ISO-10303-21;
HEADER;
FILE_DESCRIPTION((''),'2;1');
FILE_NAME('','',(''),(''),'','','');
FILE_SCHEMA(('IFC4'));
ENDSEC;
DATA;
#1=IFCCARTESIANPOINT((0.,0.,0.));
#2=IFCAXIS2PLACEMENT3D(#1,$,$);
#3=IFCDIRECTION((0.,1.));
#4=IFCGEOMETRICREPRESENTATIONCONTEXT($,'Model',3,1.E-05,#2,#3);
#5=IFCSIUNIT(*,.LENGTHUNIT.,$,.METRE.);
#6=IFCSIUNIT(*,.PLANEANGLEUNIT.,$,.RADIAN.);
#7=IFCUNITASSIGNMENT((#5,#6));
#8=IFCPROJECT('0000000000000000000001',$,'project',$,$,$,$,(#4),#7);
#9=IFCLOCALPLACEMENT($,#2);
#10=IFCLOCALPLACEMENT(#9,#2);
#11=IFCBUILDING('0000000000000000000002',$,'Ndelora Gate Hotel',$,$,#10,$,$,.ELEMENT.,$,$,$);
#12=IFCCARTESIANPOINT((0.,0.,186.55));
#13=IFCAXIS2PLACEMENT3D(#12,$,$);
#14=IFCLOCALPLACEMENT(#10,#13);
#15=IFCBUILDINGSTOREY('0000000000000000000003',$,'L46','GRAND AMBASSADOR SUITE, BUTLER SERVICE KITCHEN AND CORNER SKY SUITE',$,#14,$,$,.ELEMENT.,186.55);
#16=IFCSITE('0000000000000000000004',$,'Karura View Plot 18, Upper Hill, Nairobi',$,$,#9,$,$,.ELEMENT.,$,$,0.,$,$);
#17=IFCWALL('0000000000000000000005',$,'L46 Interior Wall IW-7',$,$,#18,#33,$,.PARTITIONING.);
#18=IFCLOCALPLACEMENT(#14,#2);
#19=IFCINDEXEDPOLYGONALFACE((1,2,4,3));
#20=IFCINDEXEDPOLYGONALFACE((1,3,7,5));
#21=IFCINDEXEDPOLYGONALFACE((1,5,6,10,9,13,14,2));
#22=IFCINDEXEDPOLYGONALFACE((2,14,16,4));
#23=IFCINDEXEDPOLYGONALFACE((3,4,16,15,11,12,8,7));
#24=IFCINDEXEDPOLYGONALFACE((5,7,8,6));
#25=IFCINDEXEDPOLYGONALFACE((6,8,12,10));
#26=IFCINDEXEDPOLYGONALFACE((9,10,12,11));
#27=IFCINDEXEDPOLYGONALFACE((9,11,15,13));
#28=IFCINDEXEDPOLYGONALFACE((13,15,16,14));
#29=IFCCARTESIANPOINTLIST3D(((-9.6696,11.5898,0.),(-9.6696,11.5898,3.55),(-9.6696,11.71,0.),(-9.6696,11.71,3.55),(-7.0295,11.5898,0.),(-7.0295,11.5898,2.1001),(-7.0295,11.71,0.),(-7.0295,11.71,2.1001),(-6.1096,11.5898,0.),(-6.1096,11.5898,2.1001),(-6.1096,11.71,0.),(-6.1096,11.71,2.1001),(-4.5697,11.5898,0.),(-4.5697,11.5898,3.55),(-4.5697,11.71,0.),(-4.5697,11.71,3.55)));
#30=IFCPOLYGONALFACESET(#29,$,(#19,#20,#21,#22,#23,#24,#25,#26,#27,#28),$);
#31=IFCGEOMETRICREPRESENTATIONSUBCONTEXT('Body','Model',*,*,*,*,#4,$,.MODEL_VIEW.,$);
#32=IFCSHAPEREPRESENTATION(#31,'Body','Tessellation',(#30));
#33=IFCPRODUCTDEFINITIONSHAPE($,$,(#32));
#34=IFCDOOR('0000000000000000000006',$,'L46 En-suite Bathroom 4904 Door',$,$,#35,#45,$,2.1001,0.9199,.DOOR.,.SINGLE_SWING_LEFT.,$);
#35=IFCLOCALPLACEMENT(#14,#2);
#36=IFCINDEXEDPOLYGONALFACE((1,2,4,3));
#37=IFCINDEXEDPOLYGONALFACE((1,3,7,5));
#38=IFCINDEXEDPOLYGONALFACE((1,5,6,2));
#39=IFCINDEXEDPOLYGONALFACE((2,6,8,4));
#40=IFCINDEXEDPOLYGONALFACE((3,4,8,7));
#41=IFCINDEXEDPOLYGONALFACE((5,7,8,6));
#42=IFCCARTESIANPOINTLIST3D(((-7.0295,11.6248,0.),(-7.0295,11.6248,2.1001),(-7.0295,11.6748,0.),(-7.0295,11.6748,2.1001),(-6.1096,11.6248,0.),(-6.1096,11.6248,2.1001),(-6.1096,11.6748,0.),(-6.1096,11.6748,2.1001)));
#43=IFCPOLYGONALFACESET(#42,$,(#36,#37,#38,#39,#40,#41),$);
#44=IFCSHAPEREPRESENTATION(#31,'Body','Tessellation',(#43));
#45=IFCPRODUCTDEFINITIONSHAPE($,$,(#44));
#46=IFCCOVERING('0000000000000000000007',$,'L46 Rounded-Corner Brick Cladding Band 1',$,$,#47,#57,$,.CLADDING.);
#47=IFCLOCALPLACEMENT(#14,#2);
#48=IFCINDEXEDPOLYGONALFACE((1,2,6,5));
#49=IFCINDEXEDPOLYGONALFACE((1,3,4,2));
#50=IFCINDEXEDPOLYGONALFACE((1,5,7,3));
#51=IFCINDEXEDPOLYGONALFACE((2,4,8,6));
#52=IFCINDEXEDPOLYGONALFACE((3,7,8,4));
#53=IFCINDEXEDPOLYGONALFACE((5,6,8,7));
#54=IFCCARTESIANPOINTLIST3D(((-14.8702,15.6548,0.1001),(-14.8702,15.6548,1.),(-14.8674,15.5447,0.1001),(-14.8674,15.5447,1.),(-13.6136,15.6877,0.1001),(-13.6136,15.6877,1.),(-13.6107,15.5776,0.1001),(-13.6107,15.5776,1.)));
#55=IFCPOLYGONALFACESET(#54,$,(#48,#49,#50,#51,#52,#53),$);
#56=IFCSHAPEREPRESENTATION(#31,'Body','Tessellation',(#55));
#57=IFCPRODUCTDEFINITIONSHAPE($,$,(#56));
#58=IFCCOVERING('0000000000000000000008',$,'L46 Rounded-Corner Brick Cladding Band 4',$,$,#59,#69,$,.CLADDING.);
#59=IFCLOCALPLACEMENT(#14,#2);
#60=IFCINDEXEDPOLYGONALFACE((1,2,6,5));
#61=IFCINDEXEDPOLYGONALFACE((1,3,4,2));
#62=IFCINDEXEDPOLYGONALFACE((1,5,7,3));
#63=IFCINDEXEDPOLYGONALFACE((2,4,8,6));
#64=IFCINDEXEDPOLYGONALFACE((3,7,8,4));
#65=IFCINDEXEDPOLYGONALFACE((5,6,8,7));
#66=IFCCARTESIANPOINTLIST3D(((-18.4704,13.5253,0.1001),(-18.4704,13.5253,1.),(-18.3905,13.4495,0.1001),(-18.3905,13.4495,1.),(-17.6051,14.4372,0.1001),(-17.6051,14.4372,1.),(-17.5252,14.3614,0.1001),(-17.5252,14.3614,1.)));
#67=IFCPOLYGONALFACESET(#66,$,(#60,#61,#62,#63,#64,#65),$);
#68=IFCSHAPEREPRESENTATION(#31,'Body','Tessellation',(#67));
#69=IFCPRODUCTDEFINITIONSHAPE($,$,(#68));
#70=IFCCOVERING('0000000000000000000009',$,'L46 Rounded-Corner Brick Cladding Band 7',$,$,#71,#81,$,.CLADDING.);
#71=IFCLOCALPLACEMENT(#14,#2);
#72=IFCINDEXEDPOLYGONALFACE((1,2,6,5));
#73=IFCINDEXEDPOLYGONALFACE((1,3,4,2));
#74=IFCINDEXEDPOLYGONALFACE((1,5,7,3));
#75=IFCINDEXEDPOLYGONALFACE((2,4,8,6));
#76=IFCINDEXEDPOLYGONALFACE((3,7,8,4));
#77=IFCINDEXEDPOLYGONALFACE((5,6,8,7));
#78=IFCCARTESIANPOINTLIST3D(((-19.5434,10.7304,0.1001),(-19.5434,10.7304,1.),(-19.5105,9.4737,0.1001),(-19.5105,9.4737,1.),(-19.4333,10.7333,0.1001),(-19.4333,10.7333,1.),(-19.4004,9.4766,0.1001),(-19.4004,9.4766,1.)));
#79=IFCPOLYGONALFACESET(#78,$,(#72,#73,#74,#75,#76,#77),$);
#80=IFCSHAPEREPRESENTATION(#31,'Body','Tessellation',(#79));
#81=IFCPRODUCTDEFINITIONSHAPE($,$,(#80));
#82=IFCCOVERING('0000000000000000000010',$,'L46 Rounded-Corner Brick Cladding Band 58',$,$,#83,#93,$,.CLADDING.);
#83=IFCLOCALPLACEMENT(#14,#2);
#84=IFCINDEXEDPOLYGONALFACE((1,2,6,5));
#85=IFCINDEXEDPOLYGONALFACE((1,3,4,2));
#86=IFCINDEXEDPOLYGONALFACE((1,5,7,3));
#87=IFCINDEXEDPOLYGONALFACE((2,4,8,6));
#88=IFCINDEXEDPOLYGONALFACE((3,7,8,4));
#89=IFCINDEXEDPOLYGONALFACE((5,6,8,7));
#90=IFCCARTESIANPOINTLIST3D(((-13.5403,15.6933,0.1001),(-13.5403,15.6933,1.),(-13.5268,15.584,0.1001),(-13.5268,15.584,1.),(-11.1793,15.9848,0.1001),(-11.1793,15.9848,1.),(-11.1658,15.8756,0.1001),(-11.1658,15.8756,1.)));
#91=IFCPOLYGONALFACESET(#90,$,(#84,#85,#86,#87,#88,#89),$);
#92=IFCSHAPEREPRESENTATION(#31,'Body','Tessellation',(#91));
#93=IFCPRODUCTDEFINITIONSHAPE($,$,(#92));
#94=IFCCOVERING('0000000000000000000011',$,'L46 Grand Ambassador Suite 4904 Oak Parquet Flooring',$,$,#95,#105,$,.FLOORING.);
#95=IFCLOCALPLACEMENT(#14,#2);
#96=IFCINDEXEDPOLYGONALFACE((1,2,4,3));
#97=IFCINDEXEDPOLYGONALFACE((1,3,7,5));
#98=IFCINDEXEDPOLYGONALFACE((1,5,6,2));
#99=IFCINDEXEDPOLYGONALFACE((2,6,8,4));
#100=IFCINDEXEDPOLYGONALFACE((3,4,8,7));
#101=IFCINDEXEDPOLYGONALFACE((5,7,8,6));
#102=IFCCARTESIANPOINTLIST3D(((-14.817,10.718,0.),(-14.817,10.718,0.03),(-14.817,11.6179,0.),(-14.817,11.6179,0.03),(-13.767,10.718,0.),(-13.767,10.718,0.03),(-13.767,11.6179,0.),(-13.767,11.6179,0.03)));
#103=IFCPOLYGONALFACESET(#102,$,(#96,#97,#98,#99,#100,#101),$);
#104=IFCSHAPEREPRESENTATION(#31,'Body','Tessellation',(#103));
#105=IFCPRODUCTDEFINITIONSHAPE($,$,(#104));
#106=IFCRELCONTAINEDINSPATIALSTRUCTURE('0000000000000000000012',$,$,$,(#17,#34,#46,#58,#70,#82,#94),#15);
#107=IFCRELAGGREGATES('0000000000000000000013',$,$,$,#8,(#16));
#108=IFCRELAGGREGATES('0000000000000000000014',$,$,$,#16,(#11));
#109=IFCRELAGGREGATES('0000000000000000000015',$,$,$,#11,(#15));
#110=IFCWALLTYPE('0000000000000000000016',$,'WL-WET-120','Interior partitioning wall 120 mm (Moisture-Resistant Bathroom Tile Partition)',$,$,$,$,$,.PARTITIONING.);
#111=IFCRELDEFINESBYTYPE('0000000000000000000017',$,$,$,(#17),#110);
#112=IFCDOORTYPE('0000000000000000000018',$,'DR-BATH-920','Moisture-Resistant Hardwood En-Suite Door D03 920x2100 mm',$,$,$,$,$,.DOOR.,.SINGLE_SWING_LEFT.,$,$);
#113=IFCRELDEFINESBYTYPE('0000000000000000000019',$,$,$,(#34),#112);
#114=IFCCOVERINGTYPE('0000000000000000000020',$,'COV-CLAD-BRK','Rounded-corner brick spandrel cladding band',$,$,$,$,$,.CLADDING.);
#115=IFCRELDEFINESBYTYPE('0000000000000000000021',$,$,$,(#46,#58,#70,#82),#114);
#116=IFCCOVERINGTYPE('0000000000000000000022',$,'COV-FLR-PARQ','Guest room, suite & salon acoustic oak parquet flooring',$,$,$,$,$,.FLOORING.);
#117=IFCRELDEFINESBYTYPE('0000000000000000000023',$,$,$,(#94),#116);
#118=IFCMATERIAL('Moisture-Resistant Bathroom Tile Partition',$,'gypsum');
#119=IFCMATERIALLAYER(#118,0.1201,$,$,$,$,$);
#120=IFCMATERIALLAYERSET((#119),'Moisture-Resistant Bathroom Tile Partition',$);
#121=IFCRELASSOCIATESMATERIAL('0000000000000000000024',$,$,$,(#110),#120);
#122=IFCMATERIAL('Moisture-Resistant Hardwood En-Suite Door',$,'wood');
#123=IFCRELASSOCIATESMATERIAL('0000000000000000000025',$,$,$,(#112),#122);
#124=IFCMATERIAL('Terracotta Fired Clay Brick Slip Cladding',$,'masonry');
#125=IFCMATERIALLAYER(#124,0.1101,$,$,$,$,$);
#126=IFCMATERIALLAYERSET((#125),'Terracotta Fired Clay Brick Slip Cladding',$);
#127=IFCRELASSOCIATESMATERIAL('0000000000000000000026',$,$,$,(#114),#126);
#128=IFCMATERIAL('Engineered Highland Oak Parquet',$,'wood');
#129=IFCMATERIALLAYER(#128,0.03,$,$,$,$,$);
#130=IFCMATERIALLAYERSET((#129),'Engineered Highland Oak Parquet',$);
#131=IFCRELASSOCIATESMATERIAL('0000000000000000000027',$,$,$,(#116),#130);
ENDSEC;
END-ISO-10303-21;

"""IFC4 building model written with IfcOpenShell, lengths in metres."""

from ifc_helpers import new_model, si_unit, direction, frame, frame_2d, origin, origin_2d, place, context, subcontext, project, spatial, rectangle, extrude, material, layer, layer_set, type_object, element, fill, save


model = new_model("IFC4")

# Units and contexts
model_context = context("Model", 3, precision=1e-05, world=origin(), true_north=direction((0.0, 1.0)))
body_context = subcontext(model_context, "Body", "Model", "MODEL_VIEW")
ifc_project = project(units=[si_unit("LENGTHUNIT", "METRE"), si_unit("PLANEANGLEUNIT", "RADIAN")], contexts=[model_context])

# Site, building, storey
site_placement = place(None, origin())
site = spatial("IfcSite", under=ifc_project, at=site_placement, Name="Karura View Plot 18, Upper Hill, Nairobi", CompositionType="ELEMENT", RefElevation=0.0)
building_placement = place(site_placement, origin())
building = spatial("IfcBuilding", under=site, at=building_placement, Name="Ndelora Gate Hotel", CompositionType="ELEMENT")
storey_placement = place(building_placement, frame((0.0, 0.0, 186.55)))
storey = spatial("IfcBuildingStorey", under=building, at=storey_placement, Name="L46", Description="GRAND AMBASSADOR SUITE, BUTLER SERVICE KITCHEN AND CORNER SKY SUITE", CompositionType="ELEMENT", Elevation=186.55)

# Wall, opening, door
ifc_material_1 = material(Name="Moisture-Resistant Bathroom Tile Partition", Category="gypsum")
ifc_layer_1 = layer(ifc_material_1, 0.1201)
ifc_layer_set_1 = layer_set([ifc_layer_1], Name="Moisture-Resistant Bathroom Tile Partition")
wall_type_1 = type_object("IfcWallType", Name="WL-WET-120", Description="Interior partitioning wall 120 mm (Moisture-Resistant Bathroom Tile Partition)", PredefinedType="PARTITIONING", material=ifc_layer_set_1)
wall_1_placement = place(storey_placement, frame((-9.6694, 11.6499, 0.0), z_axis=(0.0, 0.0, 1.0), x_axis=(1.0, 0.0, 0.0)))
wall_1 = element("IfcWall", 1, at=wall_1_placement, inside=storey, type_object=wall_type_1, Name="L46 Interior Wall IW-7", PredefinedType="PARTITIONING", context=body_context, shape_type="SweptSolid", body=[
    extrude(rectangle(XDim=5.0999, YDim=0.1201, at=frame_2d((2.5498, 0.0))), origin(), (0.0, 0.0, 1.0), 3.55),
])
opening_1_placement = place(wall_1_placement, frame((2.6399, 0.0, 0.0)))
opening_1 = element("IfcOpeningElement", 2, at=opening_1_placement, cuts=wall_1, PredefinedType="OPENING", context=body_context, shape_type="SweptSolid", body=[
    extrude(rectangle(XDim=0.9199, YDim=2.1001, at=frame_2d((0.46, 1.05))), frame((0.0, 0.0701, 0.0), z_axis=(0.0, -1.0, 0.0), x_axis=(1.0, 0.0, 0.0)), (0.0, 0.0, 1.0), 0.1401),
])
ifc_material_2 = material(Name="Moisture-Resistant Hardwood En-Suite Door", Category="wood")
door_type_1 = type_object("IfcDoorType", Name="DR-BATH-920", Description="Moisture-Resistant Hardwood En-Suite Door D03 920x2100 mm", OperationType="SINGLE_SWING_LEFT", PredefinedType="DOOR", material=ifc_material_2)
door_1_placement = place(opening_1_placement, origin())
door_1 = element("IfcDoor", 3, at=door_1_placement, inside=storey, type_object=door_type_1, Name="L46 En-suite Bathroom 4904 Door", OperationType="SINGLE_SWING_LEFT", OverallHeight=2.1001, OverallWidth=0.9199, PredefinedType="DOOR", context=body_context, shape_type="SweptSolid", body=[
    extrude(rectangle(XDim=0.9199, YDim=2.1001, at=frame_2d((0.46, 1.05))), frame((0.0, 0.0249, 0.0), z_axis=(0.0, -1.0, 0.0), x_axis=(1.0, 0.0, 0.0)), (0.0, 0.0, 1.0), 0.05),
])
fill(opening_1, door_1)

# Coverings
ifc_material_3 = material(Name="Terracotta Fired Clay Brick Slip Cladding", Category="masonry")
ifc_layer_2 = layer(ifc_material_3, 0.1101)
ifc_layer_set_2 = layer_set([ifc_layer_2], Name="Terracotta Fired Clay Brick Slip Cladding")
covering_type_1 = type_object("IfcCoveringType", Name="COV-CLAD-BRK", Description="Rounded-corner brick spandrel cladding band", PredefinedType="CLADDING", material=ifc_layer_set_2)
for number, where, z_axis, x_axis, name in (
    (4, (-14.2405, 15.6162, 0.1001), (0.0, 0.0, 1.0), (0.999657, 0.026177, 0.0), "L46 Rounded-Corner Brick Cladding Band 1"),
    (5, (-17.9978, 13.9434, 0.1001), (0.0, 0.0, 1.0), (0.688355, 0.725374, 0.0), "L46 Rounded-Corner Brick Cladding Band 4"),
    (6, (-19.4719, 10.1035, 0.1001), (0.0, 0.0, 1.0), (-0.026177, 0.999657, 0.0), "L46 Rounded-Corner Brick Cladding Band 7"),
):
    element("IfcCovering", number, at=place(storey_placement, frame(where, z_axis=z_axis, x_axis=x_axis)), inside=storey, type_object=covering_type_1, Name=name, PredefinedType="CLADDING", context=body_context, shape_type="SweptSolid", body=[
        extrude(rectangle(XDim=1.2571, YDim=0.1101, at=origin_2d()), origin(), (0.0, 0.0, 1.0), 0.8999),
    ])
covering_1_placement = place(storey_placement, frame((-12.353, 15.7844, 0.1001), z_axis=(0.0, 0.0, 1.0), x_axis=(0.992461, 0.122562, 0.0)))
element("IfcCovering", 7, at=covering_1_placement, inside=storey, type_object=covering_type_1, Name="L46 Rounded-Corner Brick Cladding Band 58", PredefinedType="CLADDING", context=body_context, shape_type="SweptSolid", body=[
    extrude(rectangle(XDim=2.3789, YDim=0.1101, at=origin_2d()), origin(), (0.0, 0.0, 1.0), 0.8999),
])
ifc_material_4 = material(Name="Engineered Highland Oak Parquet", Category="wood")
ifc_layer_3 = layer(ifc_material_4, 0.03)
ifc_layer_set_3 = layer_set([ifc_layer_3], Name="Engineered Highland Oak Parquet")
covering_type_2 = type_object("IfcCoveringType", Name="COV-FLR-PARQ", Description="Guest room, suite & salon acoustic oak parquet flooring", PredefinedType="FLOORING", material=ifc_layer_set_3)
covering_2_placement = place(storey_placement, frame((-14.292, 11.168, 0.0), z_axis=(0.0, 0.0, 1.0), x_axis=(1.0, 0.0, 0.0)))
element("IfcCovering", 8, at=covering_2_placement, inside=storey, type_object=covering_type_2, Name="L46 Grand Ambassador Suite 4904 Oak Parquet Flooring", PredefinedType="FLOORING", context=body_context, shape_type="SweptSolid", body=[
    extrude(rectangle(XDim=1.05, YDim=0.8999, at=origin_2d()), origin(), (0.0, 0.0, 1.0), 0.03),
])

save(model, "model.ifc")
